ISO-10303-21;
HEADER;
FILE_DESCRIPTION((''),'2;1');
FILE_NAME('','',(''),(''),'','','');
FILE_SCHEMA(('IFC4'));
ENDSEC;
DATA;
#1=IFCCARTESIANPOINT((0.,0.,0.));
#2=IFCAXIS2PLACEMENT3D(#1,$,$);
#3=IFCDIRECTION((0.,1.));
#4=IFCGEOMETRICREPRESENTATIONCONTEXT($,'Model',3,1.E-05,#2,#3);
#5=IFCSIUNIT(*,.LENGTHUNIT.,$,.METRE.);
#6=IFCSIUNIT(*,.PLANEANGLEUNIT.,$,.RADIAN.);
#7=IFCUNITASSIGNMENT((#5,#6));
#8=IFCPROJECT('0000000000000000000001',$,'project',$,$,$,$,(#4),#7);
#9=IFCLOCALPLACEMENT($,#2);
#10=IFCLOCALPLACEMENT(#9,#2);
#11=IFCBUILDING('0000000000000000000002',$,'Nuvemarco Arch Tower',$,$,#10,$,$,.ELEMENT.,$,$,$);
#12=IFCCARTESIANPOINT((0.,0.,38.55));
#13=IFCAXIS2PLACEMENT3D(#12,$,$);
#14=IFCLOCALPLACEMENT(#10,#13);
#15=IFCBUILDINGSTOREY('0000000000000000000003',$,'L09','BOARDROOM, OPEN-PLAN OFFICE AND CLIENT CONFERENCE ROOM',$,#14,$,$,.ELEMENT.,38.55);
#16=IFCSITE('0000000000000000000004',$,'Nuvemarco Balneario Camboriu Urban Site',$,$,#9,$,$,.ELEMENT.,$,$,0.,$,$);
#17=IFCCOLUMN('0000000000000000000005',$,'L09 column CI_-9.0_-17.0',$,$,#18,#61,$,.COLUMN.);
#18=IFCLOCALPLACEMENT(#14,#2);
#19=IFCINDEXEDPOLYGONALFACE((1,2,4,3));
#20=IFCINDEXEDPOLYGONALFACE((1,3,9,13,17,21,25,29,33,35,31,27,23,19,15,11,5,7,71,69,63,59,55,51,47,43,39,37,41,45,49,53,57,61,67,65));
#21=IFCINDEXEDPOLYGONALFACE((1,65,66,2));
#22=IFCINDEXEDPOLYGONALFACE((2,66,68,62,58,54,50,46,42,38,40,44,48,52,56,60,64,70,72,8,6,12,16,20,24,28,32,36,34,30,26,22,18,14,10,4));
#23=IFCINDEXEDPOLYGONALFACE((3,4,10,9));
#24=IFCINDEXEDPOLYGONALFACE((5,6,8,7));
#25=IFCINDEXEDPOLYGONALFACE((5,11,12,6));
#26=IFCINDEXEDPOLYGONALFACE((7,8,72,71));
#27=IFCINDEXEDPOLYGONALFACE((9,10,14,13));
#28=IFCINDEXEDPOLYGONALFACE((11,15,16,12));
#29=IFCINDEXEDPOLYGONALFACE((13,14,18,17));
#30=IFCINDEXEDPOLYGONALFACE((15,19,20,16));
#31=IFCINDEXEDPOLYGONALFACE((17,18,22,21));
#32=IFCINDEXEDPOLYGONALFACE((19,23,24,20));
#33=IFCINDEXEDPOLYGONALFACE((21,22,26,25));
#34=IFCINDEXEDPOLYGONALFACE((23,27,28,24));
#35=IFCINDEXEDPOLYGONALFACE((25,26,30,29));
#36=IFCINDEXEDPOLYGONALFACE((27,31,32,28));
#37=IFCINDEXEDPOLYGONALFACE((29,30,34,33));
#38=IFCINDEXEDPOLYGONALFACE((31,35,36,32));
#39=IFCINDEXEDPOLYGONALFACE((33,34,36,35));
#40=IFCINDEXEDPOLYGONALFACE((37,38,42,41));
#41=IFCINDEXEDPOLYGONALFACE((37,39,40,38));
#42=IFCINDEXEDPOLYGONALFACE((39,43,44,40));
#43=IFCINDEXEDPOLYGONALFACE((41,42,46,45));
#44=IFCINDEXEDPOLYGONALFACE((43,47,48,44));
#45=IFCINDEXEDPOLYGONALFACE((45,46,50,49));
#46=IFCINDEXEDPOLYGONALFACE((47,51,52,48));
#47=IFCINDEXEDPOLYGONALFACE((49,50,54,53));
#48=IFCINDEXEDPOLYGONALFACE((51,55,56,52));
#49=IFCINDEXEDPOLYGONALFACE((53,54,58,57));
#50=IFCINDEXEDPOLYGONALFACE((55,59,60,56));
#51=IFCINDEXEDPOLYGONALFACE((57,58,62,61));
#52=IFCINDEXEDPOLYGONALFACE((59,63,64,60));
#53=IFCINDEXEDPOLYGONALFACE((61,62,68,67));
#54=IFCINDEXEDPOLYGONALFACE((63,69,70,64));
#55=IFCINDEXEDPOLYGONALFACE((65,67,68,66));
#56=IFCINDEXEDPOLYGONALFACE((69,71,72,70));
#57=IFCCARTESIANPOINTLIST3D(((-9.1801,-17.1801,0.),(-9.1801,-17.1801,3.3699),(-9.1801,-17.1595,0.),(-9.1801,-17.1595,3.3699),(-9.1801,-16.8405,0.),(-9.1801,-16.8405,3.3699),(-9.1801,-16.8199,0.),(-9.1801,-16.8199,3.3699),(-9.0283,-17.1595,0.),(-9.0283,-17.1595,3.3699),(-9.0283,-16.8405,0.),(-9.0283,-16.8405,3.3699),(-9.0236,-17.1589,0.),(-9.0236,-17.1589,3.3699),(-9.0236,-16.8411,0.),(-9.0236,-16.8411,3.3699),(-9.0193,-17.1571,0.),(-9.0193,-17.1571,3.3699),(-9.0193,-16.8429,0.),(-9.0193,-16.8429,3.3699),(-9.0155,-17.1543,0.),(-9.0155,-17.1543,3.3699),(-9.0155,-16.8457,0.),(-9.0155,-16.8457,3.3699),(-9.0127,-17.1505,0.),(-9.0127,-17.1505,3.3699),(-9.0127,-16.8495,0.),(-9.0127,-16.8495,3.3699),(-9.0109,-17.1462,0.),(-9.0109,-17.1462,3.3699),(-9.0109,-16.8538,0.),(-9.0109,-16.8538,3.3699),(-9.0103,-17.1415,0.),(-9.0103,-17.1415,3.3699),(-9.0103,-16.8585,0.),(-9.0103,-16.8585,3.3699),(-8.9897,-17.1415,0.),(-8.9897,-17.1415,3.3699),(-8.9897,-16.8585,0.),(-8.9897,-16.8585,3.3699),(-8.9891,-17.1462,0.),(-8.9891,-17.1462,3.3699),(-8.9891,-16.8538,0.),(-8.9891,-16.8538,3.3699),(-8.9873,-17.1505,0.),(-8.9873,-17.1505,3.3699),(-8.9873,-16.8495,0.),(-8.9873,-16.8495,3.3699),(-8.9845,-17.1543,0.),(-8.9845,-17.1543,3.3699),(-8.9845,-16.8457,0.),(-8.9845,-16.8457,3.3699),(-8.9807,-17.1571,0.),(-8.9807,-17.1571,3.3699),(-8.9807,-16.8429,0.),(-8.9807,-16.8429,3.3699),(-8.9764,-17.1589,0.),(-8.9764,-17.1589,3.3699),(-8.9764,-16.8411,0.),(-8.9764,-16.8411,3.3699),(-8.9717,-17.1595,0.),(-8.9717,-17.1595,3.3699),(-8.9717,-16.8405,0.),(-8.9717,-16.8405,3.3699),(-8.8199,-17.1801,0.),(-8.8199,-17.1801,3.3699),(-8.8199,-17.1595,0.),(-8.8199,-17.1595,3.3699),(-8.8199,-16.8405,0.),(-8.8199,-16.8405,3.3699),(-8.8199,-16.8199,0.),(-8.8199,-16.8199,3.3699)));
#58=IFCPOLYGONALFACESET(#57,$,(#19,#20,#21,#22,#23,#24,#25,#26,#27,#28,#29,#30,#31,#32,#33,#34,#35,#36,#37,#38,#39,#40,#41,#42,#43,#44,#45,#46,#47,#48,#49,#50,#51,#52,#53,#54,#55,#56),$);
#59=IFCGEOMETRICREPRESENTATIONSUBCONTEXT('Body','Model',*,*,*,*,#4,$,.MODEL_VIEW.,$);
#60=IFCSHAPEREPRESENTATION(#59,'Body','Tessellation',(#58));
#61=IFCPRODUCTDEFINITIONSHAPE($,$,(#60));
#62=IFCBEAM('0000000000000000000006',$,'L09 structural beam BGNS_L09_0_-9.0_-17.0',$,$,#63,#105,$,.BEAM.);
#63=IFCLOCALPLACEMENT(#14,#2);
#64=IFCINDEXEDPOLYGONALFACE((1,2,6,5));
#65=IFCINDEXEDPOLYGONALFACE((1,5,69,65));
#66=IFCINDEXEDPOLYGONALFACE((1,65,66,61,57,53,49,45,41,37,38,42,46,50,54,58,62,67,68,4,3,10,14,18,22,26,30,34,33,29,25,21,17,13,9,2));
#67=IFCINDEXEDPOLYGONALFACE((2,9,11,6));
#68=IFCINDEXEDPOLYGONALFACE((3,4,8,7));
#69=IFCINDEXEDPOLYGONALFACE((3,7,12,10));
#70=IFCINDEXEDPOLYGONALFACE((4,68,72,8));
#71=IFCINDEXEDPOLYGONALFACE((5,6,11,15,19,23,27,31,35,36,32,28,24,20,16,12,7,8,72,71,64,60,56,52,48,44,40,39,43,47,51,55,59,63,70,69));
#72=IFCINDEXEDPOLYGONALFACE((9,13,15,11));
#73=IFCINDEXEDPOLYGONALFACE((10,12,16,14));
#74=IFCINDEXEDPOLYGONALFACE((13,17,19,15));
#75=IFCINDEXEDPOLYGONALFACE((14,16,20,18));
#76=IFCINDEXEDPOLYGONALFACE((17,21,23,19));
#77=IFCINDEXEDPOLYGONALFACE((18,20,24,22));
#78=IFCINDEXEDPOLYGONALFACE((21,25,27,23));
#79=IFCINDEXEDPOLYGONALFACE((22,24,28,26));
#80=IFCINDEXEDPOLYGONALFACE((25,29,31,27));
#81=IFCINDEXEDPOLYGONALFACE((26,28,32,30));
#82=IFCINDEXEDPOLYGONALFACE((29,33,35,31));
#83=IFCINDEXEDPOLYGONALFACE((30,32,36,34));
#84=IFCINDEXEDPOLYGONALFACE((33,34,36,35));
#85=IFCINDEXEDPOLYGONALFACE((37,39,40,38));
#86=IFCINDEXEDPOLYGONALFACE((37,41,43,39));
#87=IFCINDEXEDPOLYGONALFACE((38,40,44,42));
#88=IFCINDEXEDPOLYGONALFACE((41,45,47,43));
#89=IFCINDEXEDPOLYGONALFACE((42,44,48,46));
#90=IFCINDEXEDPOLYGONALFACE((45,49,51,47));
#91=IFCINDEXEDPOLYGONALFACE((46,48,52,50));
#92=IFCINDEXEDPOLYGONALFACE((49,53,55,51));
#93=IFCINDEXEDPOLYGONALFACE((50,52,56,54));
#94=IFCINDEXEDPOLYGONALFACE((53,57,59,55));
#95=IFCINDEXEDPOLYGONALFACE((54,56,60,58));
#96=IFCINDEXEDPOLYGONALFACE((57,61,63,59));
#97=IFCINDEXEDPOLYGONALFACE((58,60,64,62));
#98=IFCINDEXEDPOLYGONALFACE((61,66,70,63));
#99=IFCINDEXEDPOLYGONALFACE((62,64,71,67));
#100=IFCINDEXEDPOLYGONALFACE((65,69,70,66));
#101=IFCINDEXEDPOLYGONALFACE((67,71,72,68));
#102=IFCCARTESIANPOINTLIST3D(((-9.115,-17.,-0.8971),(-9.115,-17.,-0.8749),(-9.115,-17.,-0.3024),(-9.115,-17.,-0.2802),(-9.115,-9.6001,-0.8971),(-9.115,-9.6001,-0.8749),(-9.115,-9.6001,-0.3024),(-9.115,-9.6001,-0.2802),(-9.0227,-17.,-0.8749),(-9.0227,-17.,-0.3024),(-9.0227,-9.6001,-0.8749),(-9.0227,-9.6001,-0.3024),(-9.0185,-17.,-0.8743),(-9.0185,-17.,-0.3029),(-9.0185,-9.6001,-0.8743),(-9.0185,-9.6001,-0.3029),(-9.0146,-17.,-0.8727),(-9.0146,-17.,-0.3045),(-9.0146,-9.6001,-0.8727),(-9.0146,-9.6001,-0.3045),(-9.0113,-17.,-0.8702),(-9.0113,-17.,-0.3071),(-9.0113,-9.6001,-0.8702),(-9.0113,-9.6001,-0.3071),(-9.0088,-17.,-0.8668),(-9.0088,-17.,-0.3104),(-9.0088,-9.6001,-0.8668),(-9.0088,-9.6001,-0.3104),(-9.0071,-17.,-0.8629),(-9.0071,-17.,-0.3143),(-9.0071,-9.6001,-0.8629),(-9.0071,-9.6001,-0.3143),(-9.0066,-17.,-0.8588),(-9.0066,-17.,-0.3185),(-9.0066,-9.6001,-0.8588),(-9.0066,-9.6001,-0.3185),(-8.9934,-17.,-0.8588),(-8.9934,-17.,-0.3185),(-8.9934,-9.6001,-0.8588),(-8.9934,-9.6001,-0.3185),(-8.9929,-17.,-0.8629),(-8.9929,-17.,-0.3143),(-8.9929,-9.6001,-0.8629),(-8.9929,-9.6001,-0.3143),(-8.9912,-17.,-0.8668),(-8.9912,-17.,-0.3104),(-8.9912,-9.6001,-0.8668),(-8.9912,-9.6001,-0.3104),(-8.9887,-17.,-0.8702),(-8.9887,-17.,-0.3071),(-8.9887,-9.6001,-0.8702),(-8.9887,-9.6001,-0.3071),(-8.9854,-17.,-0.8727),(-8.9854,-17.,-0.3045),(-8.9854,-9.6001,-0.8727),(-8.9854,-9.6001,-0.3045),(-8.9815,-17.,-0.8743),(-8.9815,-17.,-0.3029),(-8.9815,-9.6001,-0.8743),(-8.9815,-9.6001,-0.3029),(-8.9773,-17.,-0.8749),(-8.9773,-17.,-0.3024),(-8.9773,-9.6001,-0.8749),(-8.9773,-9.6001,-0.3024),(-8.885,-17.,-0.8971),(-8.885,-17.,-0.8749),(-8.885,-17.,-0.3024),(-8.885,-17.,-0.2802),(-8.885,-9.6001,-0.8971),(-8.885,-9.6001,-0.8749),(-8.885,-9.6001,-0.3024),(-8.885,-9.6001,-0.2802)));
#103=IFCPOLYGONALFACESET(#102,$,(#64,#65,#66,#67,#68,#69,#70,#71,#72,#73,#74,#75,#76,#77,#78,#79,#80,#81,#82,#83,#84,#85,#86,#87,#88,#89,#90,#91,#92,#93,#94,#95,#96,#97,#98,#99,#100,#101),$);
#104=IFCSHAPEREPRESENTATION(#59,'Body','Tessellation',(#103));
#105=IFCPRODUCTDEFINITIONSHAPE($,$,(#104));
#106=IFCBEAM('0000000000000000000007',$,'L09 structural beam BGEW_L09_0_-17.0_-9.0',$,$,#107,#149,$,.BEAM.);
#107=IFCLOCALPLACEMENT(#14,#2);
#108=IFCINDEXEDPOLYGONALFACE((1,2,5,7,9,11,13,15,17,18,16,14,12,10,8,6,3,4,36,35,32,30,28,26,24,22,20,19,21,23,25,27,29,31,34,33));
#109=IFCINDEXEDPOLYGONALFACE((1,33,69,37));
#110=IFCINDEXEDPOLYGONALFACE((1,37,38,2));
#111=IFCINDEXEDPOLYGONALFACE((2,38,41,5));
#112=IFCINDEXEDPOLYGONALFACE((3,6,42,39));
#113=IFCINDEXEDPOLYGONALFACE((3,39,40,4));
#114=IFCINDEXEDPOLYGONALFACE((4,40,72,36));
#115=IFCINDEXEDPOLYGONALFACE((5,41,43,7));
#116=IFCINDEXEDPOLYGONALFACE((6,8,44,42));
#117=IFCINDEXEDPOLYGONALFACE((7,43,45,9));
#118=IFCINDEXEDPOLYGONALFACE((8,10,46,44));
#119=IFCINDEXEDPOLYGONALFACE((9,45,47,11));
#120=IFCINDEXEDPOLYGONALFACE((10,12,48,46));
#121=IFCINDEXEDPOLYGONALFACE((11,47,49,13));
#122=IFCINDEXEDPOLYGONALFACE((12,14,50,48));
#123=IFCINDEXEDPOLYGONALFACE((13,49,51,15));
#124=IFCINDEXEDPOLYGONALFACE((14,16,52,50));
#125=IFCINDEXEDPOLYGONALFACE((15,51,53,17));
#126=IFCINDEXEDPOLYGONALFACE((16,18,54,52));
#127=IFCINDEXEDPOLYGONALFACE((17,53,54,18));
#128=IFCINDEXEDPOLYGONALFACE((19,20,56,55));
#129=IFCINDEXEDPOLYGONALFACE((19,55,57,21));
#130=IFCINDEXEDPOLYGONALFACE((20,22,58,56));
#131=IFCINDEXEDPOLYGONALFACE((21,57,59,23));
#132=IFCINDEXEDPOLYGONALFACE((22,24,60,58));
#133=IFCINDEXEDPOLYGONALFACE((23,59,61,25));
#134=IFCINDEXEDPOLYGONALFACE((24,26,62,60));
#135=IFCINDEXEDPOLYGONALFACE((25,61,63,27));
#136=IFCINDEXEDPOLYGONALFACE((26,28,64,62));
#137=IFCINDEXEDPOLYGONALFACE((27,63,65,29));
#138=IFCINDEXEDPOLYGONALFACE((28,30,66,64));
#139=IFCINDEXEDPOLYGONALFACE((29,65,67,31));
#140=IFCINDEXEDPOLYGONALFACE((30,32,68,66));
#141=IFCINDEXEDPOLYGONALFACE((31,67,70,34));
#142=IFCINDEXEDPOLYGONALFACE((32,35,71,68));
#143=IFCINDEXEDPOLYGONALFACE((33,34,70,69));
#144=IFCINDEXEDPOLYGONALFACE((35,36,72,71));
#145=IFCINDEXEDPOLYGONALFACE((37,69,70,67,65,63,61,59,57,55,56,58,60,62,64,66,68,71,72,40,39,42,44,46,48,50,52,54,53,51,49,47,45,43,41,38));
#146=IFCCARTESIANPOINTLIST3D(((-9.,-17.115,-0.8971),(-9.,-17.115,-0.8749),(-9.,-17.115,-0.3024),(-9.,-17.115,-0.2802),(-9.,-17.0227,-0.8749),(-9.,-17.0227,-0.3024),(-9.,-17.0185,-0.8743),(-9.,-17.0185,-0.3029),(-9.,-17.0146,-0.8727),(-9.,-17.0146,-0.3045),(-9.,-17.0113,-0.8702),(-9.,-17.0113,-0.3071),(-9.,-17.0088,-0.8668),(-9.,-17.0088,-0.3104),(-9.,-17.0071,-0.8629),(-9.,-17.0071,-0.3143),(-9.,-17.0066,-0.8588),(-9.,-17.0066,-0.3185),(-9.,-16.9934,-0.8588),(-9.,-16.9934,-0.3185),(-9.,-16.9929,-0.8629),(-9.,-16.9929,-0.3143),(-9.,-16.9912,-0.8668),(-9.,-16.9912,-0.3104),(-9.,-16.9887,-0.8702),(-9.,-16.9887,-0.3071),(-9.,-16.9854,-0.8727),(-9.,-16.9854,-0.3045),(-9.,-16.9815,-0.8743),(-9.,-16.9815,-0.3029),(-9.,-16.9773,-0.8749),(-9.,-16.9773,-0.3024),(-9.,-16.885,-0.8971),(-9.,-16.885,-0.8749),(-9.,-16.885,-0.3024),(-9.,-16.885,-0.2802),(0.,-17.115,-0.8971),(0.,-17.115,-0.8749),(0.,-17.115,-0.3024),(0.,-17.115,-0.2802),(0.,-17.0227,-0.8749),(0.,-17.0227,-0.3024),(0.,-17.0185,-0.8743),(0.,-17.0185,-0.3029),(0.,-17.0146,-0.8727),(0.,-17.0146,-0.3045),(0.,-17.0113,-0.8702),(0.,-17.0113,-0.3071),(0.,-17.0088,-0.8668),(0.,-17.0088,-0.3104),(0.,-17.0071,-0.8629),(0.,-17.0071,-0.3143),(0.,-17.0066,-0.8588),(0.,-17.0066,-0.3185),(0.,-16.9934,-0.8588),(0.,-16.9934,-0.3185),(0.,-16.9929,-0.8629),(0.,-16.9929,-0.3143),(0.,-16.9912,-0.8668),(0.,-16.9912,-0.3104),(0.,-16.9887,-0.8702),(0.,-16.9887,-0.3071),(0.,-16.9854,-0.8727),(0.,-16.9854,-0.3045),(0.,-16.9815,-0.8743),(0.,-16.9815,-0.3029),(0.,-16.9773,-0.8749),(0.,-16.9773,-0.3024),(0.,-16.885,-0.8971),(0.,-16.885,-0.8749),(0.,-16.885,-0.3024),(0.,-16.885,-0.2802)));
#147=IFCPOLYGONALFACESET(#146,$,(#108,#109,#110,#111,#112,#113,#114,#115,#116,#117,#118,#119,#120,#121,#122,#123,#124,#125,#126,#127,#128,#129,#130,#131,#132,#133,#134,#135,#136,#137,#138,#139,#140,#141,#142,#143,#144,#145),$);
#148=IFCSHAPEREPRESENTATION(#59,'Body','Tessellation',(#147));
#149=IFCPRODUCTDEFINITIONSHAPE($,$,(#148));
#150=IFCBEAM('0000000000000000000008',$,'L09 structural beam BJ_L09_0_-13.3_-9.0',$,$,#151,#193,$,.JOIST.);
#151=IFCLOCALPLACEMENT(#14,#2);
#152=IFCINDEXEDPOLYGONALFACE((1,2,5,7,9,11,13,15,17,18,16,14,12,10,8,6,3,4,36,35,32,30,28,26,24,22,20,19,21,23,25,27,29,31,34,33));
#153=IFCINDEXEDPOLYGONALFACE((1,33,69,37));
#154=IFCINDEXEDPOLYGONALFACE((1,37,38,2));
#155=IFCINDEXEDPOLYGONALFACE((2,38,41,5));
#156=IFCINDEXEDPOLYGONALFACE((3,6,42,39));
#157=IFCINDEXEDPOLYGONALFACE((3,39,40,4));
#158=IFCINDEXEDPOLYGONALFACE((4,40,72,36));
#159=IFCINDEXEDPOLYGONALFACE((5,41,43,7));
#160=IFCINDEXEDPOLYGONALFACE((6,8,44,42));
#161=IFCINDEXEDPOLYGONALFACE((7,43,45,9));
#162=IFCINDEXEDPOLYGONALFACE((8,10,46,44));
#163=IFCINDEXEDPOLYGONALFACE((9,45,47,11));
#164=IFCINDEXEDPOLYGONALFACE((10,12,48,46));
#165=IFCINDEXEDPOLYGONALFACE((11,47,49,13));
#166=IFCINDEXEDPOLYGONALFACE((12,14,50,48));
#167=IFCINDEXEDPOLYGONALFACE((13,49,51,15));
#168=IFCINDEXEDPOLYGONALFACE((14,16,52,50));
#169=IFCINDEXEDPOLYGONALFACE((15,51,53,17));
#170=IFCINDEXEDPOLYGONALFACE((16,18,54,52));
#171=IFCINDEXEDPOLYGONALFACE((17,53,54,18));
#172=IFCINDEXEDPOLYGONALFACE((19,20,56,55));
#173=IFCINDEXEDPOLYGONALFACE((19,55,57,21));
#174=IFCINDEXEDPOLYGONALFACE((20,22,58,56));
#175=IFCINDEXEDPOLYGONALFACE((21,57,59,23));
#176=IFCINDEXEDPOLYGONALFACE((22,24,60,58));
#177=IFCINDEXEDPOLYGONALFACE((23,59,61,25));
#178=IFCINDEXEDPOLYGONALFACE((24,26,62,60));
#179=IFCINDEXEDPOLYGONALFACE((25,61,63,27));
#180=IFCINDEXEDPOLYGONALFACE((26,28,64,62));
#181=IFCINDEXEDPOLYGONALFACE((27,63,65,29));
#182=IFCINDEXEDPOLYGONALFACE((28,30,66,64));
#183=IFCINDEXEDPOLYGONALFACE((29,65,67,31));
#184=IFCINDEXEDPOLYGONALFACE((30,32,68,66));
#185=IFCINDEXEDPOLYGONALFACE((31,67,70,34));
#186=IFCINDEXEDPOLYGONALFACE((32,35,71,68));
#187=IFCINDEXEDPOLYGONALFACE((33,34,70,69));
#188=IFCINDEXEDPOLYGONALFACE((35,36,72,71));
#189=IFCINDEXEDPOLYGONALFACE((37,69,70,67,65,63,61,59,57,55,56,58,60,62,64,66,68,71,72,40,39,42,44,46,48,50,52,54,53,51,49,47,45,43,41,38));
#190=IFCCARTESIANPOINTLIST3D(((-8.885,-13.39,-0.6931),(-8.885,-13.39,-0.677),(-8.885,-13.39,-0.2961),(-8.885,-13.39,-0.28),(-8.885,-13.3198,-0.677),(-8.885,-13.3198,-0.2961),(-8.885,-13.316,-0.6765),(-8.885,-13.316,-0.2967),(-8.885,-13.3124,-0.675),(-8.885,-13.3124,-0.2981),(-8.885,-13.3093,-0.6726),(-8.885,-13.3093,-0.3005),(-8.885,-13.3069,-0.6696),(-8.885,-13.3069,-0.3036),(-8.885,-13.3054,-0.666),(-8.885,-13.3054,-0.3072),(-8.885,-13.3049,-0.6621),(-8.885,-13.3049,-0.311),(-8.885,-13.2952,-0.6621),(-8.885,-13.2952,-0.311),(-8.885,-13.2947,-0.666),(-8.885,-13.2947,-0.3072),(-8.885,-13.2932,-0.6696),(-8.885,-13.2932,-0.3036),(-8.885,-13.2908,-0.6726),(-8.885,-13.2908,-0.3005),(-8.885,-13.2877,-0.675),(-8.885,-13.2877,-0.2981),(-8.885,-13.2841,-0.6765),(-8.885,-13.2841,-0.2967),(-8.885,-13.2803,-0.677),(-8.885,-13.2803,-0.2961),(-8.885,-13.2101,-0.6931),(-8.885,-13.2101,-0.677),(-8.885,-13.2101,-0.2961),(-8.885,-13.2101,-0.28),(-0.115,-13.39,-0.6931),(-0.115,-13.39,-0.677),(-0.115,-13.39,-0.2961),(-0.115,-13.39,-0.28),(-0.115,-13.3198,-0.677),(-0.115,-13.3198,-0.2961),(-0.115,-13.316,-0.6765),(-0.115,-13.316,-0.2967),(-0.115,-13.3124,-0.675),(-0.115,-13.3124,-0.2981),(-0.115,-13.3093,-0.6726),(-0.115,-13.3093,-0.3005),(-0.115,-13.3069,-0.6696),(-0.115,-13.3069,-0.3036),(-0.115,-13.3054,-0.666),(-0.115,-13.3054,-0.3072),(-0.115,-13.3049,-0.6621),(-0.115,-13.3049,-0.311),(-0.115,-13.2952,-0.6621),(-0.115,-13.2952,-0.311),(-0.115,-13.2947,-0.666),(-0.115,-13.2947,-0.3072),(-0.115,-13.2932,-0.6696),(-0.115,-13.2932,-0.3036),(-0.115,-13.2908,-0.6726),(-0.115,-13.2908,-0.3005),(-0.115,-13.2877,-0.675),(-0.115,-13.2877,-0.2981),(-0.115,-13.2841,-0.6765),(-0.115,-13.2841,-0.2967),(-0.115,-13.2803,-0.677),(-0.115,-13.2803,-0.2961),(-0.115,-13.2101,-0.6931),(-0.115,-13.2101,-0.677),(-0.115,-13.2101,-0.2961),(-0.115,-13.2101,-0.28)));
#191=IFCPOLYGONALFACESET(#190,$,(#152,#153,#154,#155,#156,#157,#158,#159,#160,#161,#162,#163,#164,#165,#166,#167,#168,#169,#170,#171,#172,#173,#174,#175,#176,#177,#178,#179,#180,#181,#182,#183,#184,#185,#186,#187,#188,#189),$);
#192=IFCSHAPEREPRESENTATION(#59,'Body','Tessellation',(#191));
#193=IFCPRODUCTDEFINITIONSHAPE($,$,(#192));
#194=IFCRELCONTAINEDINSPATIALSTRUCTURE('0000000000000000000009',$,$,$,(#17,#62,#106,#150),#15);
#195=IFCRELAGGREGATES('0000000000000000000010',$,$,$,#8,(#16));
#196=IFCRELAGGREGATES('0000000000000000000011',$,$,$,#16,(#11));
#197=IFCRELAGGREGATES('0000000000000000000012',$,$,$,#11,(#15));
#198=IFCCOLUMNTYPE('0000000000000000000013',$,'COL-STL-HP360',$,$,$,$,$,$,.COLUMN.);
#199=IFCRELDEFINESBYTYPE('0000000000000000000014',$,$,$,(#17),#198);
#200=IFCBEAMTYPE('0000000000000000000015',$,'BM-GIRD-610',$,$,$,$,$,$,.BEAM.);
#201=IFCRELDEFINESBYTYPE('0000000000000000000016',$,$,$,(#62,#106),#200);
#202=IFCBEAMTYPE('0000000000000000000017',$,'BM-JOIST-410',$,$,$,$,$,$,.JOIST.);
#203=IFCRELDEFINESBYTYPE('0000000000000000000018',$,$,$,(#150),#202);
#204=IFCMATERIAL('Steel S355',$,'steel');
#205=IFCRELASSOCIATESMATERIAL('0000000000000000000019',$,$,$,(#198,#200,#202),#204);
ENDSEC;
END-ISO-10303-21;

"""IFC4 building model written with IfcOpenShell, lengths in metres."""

from ifc_helpers import new_model, si_unit, direction, frame, origin, origin_2d, place, context, subcontext, project, spatial, i_section, extrude, material, material_profile, profile_set, type_object, element, save


model = new_model("IFC4")

# Units and contexts
model_context = context("Model", 3, precision=1e-05, world=origin(), true_north=direction((0.0, 1.0)))
body_context = subcontext(model_context, "Body", "Model", "MODEL_VIEW")
ifc_project = project(units=[si_unit("LENGTHUNIT", "METRE"), si_unit("PLANEANGLEUNIT", "RADIAN")], contexts=[model_context])

# Site, building, storey
site_placement = place(None, origin())
site = spatial("IfcSite", under=ifc_project, at=site_placement, Name="Nuvemarco Balneario Camboriu Urban Site", CompositionType="ELEMENT", RefElevation=0.0)
building_placement = place(site_placement, origin())
building = spatial("IfcBuilding", under=site, at=building_placement, Name="Nuvemarco Arch Tower", CompositionType="ELEMENT")
storey_placement = place(building_placement, frame((0.0, 0.0, 38.55)))
storey = spatial("IfcBuildingStorey", under=building, at=storey_placement, Name="L09", Description="BOARDROOM, OPEN-PLAN OFFICE AND CLIENT CONFERENCE ROOM", CompositionType="ELEMENT", Elevation=38.55)

# Column
ifc_material_1 = material(Name="Steel S355", Category="steel")
ifc_material_profile_1 = material_profile(ifc_material_1, i_section(OverallWidth=0.3601, OverallDepth=0.3601, WebThickness=0.0205, FlangeThickness=0.0205, FilletRadius=0.0181, at=origin_2d()), Name="HP360x174")
ifc_profile_set_1 = profile_set([ifc_material_profile_1], Name="Steel S355")
column_type = type_object("IfcColumnType", Name="COL-STL-HP360", PredefinedType="COLUMN", material=ifc_profile_set_1)
column_placement = place(storey_placement, frame((-9.0, -17.0, 0.0), z_axis=(0.0, 0.0, 1.0), x_axis=(1.0, 0.0, 0.0)))
element("IfcColumn", 1, at=column_placement, inside=storey, type_object=column_type, Name="L09 column CI_-9.0_-17.0", PredefinedType="COLUMN", context=body_context, shape_type="SweptSolid", body=[
    extrude(i_section(OverallWidth=0.3601, OverallDepth=0.3601, WebThickness=0.0205, FlangeThickness=0.0205, FilletRadius=0.0181, at=origin_2d()), origin(), (0.0, 0.0, 1.0), 3.3699),
])

# Beams
ifc_material_profile_2 = material_profile(ifc_material_1, i_section(OverallWidth=0.23, OverallDepth=0.6169, WebThickness=0.0132, FlangeThickness=0.0222, FilletRadius=0.0161, at=origin_2d()), Name="W610x140")
ifc_profile_set_2 = profile_set([ifc_material_profile_2], Name="Steel S355")
beam_type_1 = type_object("IfcBeamType", Name="BM-GIRD-610", PredefinedType="BEAM", material=ifc_profile_set_2)
beam_1_placement = place(storey_placement, frame((-9.0, -17.0, -0.5886), z_axis=(0.0, 1.0, 0.0), x_axis=(-1.0, 0.0, 0.0)))
element("IfcBeam", 2, at=beam_1_placement, inside=storey, type_object=beam_type_1, Name="L09 structural beam BGNS_L09_0_-9.0_-17.0", PredefinedType="BEAM", context=body_context, shape_type="SweptSolid", body=[
    extrude(i_section(OverallWidth=0.23, OverallDepth=0.6169, WebThickness=0.0132, FlangeThickness=0.0222, FilletRadius=0.0161, at=origin_2d()), origin(), (0.0, 0.0, 1.0), 7.3999),
])
beam_2_placement = place(storey_placement, frame((-9.0, -17.0, -0.5886), z_axis=(1.0, 0.0, 0.0), x_axis=(0.0, 1.0, 0.0)))
element("IfcBeam", 3, at=beam_2_placement, inside=storey, type_object=beam_type_1, Name="L09 structural beam BGEW_L09_0_-17.0_-9.0", PredefinedType="BEAM", context=body_context, shape_type="SweptSolid", body=[
    extrude(i_section(OverallWidth=0.23, OverallDepth=0.6169, WebThickness=0.0132, FlangeThickness=0.0222, FilletRadius=0.0161, at=origin_2d()), origin(), (0.0, 0.0, 1.0), 9.0),
])
ifc_material_profile_3 = material_profile(ifc_material_1, i_section(OverallWidth=0.1799, OverallDepth=0.4131, WebThickness=0.0098, FlangeThickness=0.0161, FilletRadius=0.0149, at=origin_2d()), Name="W410x75")
ifc_profile_set_3 = profile_set([ifc_material_profile_3], Name="Steel S355")
beam_type_2 = type_object("IfcBeamType", Name="BM-JOIST-410", PredefinedType="JOIST", material=ifc_profile_set_3)
beam_3_placement = place(storey_placement, frame((-8.885, -13.3, -0.4866), z_axis=(1.0, 0.0, 0.0), x_axis=(0.0, 1.0, 0.0)))
element("IfcBeam", 4, at=beam_3_placement, inside=storey, type_object=beam_type_2, Name="L09 structural beam BJ_L09_0_-13.3_-9.0", PredefinedType="JOIST", context=body_context, shape_type="SweptSolid", body=[
    extrude(i_section(OverallWidth=0.1799, OverallDepth=0.4131, WebThickness=0.0098, FlangeThickness=0.0161, FilletRadius=0.0149, at=origin_2d()), origin(), (0.0, 0.0, 1.0), 8.77),
])

save(model, "model.ifc")
